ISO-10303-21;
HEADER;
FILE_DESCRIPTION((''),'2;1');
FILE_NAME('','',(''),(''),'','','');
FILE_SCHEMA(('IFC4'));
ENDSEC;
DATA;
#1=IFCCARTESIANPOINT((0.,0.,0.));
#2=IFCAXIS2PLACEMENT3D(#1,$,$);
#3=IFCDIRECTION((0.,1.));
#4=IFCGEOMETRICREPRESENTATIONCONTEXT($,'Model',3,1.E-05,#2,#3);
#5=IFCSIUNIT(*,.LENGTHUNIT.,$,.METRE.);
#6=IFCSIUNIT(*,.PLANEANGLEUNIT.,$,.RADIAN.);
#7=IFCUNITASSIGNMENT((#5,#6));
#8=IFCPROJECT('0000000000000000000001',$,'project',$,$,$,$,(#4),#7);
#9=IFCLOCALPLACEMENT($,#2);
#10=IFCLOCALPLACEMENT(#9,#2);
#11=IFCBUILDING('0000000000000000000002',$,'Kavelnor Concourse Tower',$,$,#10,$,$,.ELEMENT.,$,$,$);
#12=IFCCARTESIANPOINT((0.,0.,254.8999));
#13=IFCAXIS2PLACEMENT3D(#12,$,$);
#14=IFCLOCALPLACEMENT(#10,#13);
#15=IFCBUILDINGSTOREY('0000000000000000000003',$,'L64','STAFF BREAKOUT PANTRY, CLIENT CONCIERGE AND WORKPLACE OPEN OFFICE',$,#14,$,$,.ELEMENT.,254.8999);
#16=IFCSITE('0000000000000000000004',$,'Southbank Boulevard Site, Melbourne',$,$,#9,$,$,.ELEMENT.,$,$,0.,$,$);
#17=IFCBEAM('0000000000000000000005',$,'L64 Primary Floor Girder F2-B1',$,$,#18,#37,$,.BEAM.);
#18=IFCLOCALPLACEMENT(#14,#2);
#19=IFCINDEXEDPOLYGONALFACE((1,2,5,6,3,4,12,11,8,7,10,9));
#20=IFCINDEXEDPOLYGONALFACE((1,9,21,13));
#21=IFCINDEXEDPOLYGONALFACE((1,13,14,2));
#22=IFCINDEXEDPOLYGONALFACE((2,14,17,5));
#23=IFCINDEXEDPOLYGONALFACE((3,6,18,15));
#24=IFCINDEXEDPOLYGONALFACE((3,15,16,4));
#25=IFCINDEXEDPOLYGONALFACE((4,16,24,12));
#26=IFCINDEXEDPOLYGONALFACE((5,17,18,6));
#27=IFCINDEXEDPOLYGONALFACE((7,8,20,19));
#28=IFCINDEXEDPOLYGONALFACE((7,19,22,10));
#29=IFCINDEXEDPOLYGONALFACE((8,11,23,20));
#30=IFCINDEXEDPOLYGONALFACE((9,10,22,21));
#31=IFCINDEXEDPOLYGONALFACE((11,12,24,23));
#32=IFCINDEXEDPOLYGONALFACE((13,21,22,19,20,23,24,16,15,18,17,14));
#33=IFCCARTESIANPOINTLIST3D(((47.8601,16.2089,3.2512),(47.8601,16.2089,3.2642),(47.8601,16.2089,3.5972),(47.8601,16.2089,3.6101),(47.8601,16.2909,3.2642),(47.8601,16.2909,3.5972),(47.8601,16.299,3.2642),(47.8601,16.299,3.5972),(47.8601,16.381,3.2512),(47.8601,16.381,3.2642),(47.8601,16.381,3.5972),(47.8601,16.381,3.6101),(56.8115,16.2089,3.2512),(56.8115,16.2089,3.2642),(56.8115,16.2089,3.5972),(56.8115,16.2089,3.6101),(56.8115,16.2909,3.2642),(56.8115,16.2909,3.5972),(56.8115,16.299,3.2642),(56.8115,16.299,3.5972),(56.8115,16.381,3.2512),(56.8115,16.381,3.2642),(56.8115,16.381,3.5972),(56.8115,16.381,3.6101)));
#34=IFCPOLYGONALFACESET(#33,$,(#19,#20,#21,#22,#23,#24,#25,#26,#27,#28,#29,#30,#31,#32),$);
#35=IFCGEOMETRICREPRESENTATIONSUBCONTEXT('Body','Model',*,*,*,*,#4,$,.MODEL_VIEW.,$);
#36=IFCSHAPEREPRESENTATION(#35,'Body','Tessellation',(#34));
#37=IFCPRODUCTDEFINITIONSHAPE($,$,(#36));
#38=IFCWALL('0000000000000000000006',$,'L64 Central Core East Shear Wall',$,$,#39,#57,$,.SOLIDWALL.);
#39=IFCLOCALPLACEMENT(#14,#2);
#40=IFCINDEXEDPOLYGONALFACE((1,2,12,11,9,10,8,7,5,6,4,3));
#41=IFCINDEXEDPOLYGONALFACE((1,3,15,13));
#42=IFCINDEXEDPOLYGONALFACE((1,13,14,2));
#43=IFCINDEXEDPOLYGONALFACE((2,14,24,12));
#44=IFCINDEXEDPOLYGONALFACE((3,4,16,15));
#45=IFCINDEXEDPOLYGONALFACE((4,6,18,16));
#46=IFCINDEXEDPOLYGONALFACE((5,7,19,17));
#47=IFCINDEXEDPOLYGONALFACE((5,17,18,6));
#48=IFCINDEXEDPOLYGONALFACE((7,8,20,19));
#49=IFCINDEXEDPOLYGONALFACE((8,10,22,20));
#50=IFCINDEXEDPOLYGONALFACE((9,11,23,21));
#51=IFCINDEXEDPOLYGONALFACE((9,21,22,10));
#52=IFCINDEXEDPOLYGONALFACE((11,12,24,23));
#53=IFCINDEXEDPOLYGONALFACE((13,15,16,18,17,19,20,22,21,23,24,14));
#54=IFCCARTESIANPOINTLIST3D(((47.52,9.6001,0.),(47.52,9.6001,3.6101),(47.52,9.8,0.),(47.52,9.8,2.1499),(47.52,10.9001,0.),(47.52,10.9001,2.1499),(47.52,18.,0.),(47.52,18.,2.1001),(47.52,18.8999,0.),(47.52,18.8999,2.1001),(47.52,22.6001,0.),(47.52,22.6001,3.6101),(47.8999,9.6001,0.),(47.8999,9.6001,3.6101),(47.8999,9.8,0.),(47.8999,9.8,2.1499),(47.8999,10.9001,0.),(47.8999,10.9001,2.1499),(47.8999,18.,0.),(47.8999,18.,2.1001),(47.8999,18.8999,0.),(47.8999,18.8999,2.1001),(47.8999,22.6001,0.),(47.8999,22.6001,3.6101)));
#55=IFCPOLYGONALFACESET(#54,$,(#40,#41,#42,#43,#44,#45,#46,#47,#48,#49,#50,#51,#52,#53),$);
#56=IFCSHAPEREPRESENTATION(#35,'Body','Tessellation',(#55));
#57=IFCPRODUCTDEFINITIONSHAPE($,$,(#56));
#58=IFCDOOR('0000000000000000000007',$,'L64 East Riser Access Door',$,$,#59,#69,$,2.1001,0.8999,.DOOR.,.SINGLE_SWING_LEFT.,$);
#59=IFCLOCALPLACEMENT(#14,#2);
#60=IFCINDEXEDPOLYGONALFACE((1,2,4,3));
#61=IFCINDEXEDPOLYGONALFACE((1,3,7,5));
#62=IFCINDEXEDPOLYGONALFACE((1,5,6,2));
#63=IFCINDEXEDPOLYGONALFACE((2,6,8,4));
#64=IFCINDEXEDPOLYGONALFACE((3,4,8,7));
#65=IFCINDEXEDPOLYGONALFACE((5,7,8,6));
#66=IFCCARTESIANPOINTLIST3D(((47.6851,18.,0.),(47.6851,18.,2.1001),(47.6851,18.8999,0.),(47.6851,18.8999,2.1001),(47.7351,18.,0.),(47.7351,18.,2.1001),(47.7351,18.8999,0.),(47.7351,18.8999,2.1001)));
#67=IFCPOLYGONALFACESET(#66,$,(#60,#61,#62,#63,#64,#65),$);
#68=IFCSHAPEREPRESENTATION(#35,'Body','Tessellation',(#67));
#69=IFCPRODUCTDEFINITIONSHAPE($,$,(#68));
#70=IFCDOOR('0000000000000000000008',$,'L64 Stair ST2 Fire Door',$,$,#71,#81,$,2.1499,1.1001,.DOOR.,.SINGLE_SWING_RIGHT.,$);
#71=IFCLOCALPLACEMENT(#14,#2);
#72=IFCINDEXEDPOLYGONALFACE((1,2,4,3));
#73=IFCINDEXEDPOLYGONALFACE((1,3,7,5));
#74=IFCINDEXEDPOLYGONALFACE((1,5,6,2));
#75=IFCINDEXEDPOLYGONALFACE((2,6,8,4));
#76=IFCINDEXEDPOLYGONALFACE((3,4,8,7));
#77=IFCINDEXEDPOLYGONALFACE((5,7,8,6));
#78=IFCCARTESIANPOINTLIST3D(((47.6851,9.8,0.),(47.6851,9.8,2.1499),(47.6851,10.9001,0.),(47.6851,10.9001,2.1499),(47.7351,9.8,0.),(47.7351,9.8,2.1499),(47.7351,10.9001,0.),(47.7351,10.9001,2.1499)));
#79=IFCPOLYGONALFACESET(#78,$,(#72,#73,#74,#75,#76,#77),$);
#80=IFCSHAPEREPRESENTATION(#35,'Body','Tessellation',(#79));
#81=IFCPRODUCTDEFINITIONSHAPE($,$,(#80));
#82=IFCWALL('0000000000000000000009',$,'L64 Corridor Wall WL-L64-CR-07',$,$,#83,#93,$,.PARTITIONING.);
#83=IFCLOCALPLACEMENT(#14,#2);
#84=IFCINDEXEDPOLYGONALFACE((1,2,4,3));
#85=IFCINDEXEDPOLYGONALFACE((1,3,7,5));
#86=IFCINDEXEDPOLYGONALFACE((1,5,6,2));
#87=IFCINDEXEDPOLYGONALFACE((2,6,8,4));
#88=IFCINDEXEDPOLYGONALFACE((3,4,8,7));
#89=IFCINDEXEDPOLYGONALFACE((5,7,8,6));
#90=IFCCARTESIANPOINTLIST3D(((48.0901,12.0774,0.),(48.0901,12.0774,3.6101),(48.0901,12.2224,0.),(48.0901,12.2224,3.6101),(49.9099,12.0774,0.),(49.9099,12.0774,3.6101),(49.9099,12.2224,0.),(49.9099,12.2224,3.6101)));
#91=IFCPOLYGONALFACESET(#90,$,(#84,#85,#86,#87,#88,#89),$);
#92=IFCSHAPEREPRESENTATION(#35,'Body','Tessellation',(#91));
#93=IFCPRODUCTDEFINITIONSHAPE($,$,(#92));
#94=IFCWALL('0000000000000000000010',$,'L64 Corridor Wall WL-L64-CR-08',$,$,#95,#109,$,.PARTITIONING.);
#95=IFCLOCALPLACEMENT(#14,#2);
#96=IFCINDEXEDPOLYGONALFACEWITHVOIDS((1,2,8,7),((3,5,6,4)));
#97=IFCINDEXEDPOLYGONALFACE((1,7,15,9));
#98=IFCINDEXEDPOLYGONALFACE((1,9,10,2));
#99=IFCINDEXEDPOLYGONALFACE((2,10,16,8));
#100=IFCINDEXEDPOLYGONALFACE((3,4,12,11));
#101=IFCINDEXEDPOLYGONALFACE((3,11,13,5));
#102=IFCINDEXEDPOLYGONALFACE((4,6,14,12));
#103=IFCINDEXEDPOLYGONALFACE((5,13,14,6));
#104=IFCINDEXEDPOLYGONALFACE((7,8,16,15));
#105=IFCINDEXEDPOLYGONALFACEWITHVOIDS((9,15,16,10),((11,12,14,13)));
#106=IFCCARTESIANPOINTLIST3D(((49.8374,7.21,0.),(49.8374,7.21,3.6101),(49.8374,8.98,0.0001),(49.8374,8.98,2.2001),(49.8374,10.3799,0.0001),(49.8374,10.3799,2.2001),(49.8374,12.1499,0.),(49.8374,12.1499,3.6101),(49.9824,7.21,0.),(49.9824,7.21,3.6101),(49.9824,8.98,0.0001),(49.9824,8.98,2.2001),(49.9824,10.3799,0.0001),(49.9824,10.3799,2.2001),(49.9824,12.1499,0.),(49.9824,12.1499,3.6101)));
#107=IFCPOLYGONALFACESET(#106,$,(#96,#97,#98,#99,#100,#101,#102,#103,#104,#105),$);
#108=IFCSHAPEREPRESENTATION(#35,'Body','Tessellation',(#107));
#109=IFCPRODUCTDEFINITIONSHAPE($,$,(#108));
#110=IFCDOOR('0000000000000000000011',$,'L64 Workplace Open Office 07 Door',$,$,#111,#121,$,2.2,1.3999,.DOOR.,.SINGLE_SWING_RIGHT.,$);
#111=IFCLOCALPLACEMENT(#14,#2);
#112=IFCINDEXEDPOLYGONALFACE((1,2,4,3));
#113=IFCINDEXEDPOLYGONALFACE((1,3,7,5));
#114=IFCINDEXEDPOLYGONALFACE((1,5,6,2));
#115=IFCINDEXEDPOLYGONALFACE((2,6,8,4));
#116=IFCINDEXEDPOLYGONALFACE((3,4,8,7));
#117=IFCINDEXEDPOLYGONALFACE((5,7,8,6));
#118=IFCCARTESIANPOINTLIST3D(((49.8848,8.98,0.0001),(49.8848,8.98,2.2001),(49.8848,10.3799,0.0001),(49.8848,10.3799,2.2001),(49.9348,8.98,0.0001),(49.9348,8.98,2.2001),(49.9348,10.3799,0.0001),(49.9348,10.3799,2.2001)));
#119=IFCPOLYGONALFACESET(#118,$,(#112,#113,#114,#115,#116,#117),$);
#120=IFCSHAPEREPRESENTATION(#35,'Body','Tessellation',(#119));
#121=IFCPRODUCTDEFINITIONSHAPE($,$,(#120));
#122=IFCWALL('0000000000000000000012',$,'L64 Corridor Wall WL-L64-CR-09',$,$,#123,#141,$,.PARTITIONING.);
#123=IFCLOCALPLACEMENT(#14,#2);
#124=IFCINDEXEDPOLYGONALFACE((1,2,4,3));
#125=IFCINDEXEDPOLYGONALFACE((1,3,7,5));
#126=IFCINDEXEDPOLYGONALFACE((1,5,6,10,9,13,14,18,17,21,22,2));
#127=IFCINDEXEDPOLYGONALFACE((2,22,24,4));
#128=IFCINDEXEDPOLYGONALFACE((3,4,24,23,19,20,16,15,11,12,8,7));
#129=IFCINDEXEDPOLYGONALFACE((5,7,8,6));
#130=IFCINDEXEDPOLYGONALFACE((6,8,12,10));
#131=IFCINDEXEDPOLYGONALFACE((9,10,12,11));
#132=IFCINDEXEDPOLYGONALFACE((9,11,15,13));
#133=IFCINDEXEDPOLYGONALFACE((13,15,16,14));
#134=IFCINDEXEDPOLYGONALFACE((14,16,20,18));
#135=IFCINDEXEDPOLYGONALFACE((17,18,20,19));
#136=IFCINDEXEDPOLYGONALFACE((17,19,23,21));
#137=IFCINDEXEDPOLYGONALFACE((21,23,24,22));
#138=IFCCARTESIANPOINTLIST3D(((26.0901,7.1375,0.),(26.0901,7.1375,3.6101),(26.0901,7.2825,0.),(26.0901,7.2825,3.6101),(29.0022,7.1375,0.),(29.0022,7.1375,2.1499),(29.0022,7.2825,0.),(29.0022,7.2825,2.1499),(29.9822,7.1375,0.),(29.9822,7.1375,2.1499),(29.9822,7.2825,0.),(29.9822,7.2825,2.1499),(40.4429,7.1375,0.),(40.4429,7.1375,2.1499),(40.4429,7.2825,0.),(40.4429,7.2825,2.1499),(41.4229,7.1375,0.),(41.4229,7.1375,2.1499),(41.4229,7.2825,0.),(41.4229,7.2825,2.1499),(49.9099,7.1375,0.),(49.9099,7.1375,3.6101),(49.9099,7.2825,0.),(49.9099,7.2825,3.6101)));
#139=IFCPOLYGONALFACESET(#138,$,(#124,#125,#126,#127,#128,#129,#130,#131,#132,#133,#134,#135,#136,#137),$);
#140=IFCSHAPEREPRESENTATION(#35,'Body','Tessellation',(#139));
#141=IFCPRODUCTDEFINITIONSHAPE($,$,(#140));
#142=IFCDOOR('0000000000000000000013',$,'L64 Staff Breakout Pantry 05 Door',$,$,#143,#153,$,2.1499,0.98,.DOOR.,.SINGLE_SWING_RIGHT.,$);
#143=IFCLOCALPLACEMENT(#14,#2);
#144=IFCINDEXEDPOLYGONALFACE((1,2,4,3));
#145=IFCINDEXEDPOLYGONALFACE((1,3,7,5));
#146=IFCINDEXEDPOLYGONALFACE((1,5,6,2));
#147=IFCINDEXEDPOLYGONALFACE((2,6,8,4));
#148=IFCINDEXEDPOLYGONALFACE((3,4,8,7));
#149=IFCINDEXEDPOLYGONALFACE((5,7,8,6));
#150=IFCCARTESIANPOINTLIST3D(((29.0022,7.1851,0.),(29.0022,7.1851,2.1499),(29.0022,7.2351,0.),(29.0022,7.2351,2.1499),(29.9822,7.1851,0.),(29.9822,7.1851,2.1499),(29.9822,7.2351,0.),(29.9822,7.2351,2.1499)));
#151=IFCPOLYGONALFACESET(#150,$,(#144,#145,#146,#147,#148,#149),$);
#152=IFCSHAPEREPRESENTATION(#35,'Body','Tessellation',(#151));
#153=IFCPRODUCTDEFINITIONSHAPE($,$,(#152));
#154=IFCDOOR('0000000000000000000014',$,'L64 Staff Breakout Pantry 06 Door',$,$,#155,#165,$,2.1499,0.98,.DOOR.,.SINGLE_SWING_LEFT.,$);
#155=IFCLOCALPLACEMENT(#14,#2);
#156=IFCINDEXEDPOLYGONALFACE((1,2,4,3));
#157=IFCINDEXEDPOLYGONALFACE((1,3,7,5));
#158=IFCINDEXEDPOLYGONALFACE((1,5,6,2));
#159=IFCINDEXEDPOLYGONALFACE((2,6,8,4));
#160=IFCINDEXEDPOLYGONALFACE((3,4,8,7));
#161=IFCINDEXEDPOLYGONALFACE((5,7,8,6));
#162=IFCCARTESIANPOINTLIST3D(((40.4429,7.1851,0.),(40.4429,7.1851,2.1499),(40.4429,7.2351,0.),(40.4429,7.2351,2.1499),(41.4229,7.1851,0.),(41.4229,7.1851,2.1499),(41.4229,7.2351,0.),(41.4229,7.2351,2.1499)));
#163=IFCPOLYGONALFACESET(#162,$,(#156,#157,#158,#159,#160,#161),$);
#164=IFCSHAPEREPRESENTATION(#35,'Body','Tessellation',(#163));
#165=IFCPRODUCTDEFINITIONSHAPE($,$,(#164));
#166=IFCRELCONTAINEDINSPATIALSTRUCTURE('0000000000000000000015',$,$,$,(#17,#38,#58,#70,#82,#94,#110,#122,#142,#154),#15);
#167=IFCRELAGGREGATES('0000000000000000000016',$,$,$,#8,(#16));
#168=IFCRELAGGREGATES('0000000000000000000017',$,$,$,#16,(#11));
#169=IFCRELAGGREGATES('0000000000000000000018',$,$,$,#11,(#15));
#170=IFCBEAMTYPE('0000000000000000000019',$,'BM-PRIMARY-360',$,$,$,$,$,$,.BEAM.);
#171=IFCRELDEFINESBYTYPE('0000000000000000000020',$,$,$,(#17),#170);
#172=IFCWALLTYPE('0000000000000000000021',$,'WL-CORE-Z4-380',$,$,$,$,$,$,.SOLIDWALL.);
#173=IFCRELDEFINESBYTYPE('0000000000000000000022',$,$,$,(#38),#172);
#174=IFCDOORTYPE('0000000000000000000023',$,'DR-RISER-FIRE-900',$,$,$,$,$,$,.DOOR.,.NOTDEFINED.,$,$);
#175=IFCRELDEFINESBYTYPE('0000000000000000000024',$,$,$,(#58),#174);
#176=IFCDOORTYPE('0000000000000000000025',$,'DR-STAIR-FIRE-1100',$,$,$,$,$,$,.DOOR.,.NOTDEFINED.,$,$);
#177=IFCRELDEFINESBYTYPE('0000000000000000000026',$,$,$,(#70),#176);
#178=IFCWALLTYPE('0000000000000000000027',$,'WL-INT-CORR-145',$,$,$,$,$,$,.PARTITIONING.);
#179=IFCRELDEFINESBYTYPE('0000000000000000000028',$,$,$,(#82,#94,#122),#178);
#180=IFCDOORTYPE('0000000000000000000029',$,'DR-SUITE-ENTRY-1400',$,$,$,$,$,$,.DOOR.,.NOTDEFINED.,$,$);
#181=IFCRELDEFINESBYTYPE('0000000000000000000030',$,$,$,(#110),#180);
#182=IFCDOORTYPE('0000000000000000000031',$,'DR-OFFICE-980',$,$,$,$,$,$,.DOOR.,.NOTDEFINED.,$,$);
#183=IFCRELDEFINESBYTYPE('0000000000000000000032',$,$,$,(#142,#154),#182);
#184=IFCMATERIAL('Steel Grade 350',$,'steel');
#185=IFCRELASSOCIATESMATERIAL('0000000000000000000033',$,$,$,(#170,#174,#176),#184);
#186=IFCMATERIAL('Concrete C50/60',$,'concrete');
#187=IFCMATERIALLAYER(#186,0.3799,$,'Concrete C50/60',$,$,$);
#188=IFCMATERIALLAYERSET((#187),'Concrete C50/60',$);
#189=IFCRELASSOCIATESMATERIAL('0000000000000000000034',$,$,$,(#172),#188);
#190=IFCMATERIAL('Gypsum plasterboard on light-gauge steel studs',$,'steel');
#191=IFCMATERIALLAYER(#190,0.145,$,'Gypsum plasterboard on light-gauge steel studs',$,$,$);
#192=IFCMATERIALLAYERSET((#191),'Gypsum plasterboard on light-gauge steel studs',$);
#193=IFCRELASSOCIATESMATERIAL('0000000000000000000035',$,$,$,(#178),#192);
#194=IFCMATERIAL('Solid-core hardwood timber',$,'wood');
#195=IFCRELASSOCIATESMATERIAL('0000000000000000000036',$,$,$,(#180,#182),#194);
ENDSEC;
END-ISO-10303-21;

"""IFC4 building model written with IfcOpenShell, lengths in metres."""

from ifc_helpers import new_model, si_unit, direction, frame, frame_2d, origin, origin_2d, place, context, subcontext, project, spatial, rectangle, i_section, extrude, material, layer, layer_set, material_profile, profile_set, type_object, element, fill, save


model = new_model("IFC4")

# Units and contexts
model_context = context("Model", 3, precision=1e-05, world=origin(), true_north=direction((0.0, 1.0)))
body_context = subcontext(model_context, "Body", "Model", "MODEL_VIEW")
ifc_project = project(units=[si_unit("LENGTHUNIT", "METRE"), si_unit("PLANEANGLEUNIT", "RADIAN")], contexts=[model_context])

# Site, building, storey
site_placement = place(None, origin())
site = spatial("IfcSite", under=ifc_project, at=site_placement, Name="Southbank Boulevard Site, Melbourne", CompositionType="ELEMENT", RefElevation=0.0)
building_placement = place(site_placement, origin())
building = spatial("IfcBuilding", under=site, at=building_placement, Name="Kavelnor Concourse Tower", CompositionType="ELEMENT")
storey_placement = place(building_placement, frame((0.0, 0.0, 254.8999)))
storey = spatial("IfcBuildingStorey", under=building, at=storey_placement, Name="L64", Description="STAFF BREAKOUT PANTRY, CLIENT CONCIERGE AND WORKPLACE OPEN OFFICE", CompositionType="ELEMENT", Elevation=254.8999)

# Shared definitions
ifc_material_1 = material(Name="Steel Grade 350", Category="steel")

# Beam
ifc_material_profile_1 = material_profile(ifc_material_1, i_section(OverallWidth=0.1721, OverallDepth=0.3589, WebThickness=0.0081, FlangeThickness=0.0129, at=origin_2d()), Name="360UB56")
ifc_profile_set_1 = profile_set([ifc_material_profile_1], Name="Steel Grade 350")
beam_type_1 = type_object("IfcBeamType", Name="BM-PRIMARY-360", PredefinedType="BEAM", material=ifc_profile_set_1)
beam_1_placement = place(storey_placement, frame((47.8601, 16.2949, 3.4307), z_axis=(1.0, 0.0, 0.0), x_axis=(0.0, 1.0, 0.0)))
element("IfcBeam", 1, at=beam_1_placement, inside=storey, type_object=beam_type_1, Name="L64 Primary Floor Girder F2-B1", PredefinedType="BEAM", context=body_context, shape_type="SweptSolid", body=[
    extrude(i_section(OverallWidth=0.1721, OverallDepth=0.3589, WebThickness=0.0081, FlangeThickness=0.0129, at=origin_2d()), origin(), (0.0, 0.0, 1.0), 8.9514),
])

# Wall, openings, doors
ifc_material_2 = material(Name="Concrete C50/60", Category="concrete")
ifc_layer_1 = layer(ifc_material_2, 0.3799, Name="Concrete C50/60")
ifc_layer_set_1 = layer_set([ifc_layer_1], Name="Concrete C50/60")
wall_type_1 = type_object("IfcWallType", Name="WL-CORE-Z4-380", PredefinedType="SOLIDWALL", material=ifc_layer_set_1)
wall_1_placement = place(storey_placement, frame((47.71, 9.6001, 0.0), z_axis=(0.0, 0.0, 1.0), x_axis=(0.0, 1.0, 0.0)))
wall_1 = element("IfcWall", 2, at=wall_1_placement, inside=storey, type_object=wall_type_1, Name="L64 Central Core East Shear Wall", PredefinedType="SOLIDWALL", context=body_context, shape_type="SweptSolid", body=[
    extrude(rectangle(XDim=13.0, YDim=0.3799, at=frame_2d((6.5, 0.0))), origin(), (0.0, 0.0, 1.0), 3.6101),
])
opening_1_placement = place(wall_1_placement, frame((0.2, 0.0, 0.0)))
opening_1 = element("IfcOpeningElement", 3, at=opening_1_placement, cuts=wall_1, PredefinedType="OPENING", context=body_context, shape_type="SweptSolid", body=[
    extrude(rectangle(XDim=1.1001, YDim=2.1499, at=frame_2d((0.55, 1.075))), frame((0.0, 0.2, 0.0), z_axis=(0.0, -1.0, 0.0), x_axis=(1.0, 0.0, 0.0)), (0.0, 0.0, 1.0), 0.3999),
])
opening_2_placement = place(wall_1_placement, frame((8.3999, 0.0, 0.0)))
opening_2 = element("IfcOpeningElement", 4, at=opening_2_placement, cuts=wall_1, PredefinedType="OPENING", context=body_context, shape_type="SweptSolid", body=[
    extrude(rectangle(XDim=0.8999, YDim=2.1001, at=frame_2d((0.45, 1.05))), frame((0.0, 0.2, 0.0), z_axis=(0.0, -1.0, 0.0), x_axis=(1.0, 0.0, 0.0)), (0.0, 0.0, 1.0), 0.3999),
])
door_type_1 = type_object("IfcDoorType", Name="DR-RISER-FIRE-900", OperationType="NOTDEFINED", PredefinedType="DOOR", material=ifc_material_1)
door_1_placement = place(opening_2_placement, origin())
door_1 = element("IfcDoor", 5, at=door_1_placement, inside=storey, type_object=door_type_1, Name="L64 East Riser Access Door", OperationType="SINGLE_SWING_LEFT", OverallHeight=2.1001, OverallWidth=0.8999, PredefinedType="DOOR", context=body_context, shape_type="SweptSolid", body=[
    extrude(rectangle(XDim=0.8999, YDim=2.1001, at=frame_2d((0.45, 1.05))), frame((0.0, 0.0249, 0.0), z_axis=(0.0, -1.0, 0.0), x_axis=(1.0, 0.0, 0.0)), (0.0, 0.0, 1.0), 0.05),
])
fill(opening_2, door_1)
door_type_2 = type_object("IfcDoorType", Name="DR-STAIR-FIRE-1100", OperationType="NOTDEFINED", PredefinedType="DOOR", material=ifc_material_1)
door_2_placement = place(opening_1_placement, origin())
door_2 = element("IfcDoor", 6, at=door_2_placement, inside=storey, type_object=door_type_2, Name="L64 Stair ST2 Fire Door", OperationType="SINGLE_SWING_RIGHT", OverallHeight=2.1499, OverallWidth=1.1001, PredefinedType="DOOR", context=body_context, shape_type="SweptSolid", body=[
    extrude(rectangle(XDim=1.1001, YDim=2.1499, at=frame_2d((0.55, 1.075))), frame((0.0, 0.0249, 0.0), z_axis=(0.0, -1.0, 0.0), x_axis=(1.0, 0.0, 0.0)), (0.0, 0.0, 1.0), 0.05),
])
fill(opening_1, door_2)

# Wall
ifc_material_3 = material(Name="Gypsum plasterboard on light-gauge steel studs", Category="steel")
ifc_layer_2 = layer(ifc_material_3, 0.145, Name="Gypsum plasterboard on light-gauge steel studs")
ifc_layer_set_2 = layer_set([ifc_layer_2], Name="Gypsum plasterboard on light-gauge steel studs")
wall_type_2 = type_object("IfcWallType", Name="WL-INT-CORR-145", PredefinedType="PARTITIONING", material=ifc_layer_set_2)
wall_2_placement = place(storey_placement, frame((48.0901, 12.1499, 0.0), z_axis=(0.0, 0.0, 1.0), x_axis=(1.0, 0.0, 0.0)))
element("IfcWall", 7, at=wall_2_placement, inside=storey, type_object=wall_type_2, Name="L64 Corridor Wall WL-L64-CR-07", PredefinedType="PARTITIONING", context=body_context, shape_type="SweptSolid", body=[
    extrude(rectangle(XDim=1.8198, YDim=0.145, at=frame_2d((0.9099, 0.0))), origin(), (0.0, 0.0, 1.0), 3.6101),
])

# Wall, opening, door
wall_3_placement = place(storey_placement, frame((49.9099, 12.1499, 0.0), z_axis=(0.0, 0.0, 1.0), x_axis=(0.0, -1.0, 0.0)))
wall_3 = element("IfcWall", 8, at=wall_3_placement, inside=storey, type_object=wall_type_2, Name="L64 Corridor Wall WL-L64-CR-08", PredefinedType="PARTITIONING", context=body_context, shape_type="SweptSolid", body=[
    extrude(rectangle(XDim=4.9399, YDim=0.145, at=frame_2d((2.47, 0.0))), origin(), (0.0, 0.0, 1.0), 3.6101),
])
opening_3_placement = place(wall_3_placement, frame((1.77, 0.0, 0.0)))
opening_3 = element("IfcOpeningElement", 9, at=opening_3_placement, cuts=wall_3, PredefinedType="OPENING", context=body_context, shape_type="SweptSolid", body=[
    extrude(rectangle(XDim=1.3999, YDim=2.2, at=frame_2d((0.7, 1.1001))), frame((0.0, 0.0825, 0.0), z_axis=(0.0, -1.0, 0.0), x_axis=(1.0, 0.0, 0.0)), (0.0, 0.0, 1.0), 0.165),
])
ifc_material_4 = material(Name="Solid-core hardwood timber", Category="wood")
door_type_3 = type_object("IfcDoorType", Name="DR-SUITE-ENTRY-1400", OperationType="NOTDEFINED", PredefinedType="DOOR", material=ifc_material_4)
door_3_placement = place(opening_3_placement, origin())
door_3 = element("IfcDoor", 10, at=door_3_placement, inside=storey, type_object=door_type_3, Name="L64 Workplace Open Office 07 Door", OperationType="SINGLE_SWING_RIGHT", OverallHeight=2.2, OverallWidth=1.3999, PredefinedType="DOOR", context=body_context, shape_type="SweptSolid", body=[
    extrude(rectangle(XDim=1.3999, YDim=2.2, at=frame_2d((0.7, 1.1001))), frame((0.0, 0.0249, 0.0), z_axis=(0.0, -1.0, 0.0), x_axis=(1.0, 0.0, 0.0)), (0.0, 0.0, 1.0), 0.05),
])
fill(opening_3, door_3)

# Wall, openings, doors
wall_4_placement = place(storey_placement, frame((49.9099, 7.21, 0.0), z_axis=(0.0, 0.0, 1.0), x_axis=(-1.0, 0.0, 0.0)))
wall_4 = element("IfcWall", 11, at=wall_4_placement, inside=storey, type_object=wall_type_2, Name="L64 Corridor Wall WL-L64-CR-09", PredefinedType="PARTITIONING", context=body_context, shape_type="SweptSolid", body=[
    extrude(rectangle(XDim=23.8198, YDim=0.145, at=frame_2d((11.9099, 0.0))), origin(), (0.0, 0.0, 1.0), 3.6101),
])
opening_4_placement = place(wall_4_placement, frame((19.9277, 0.0, 0.0)))
opening_4 = element("IfcOpeningElement", 12, at=opening_4_placement, cuts=wall_4, PredefinedType="OPENING", context=body_context, shape_type="SweptSolid", body=[
    extrude(rectangle(XDim=0.98, YDim=2.1499, at=frame_2d((0.49, 1.075))), frame((0.0, 0.0825, 0.0), z_axis=(0.0, -1.0, 0.0), x_axis=(1.0, 0.0, 0.0)), (0.0, 0.0, 1.0), 0.165),
])
opening_5_placement = place(wall_4_placement, frame((8.4871, 0.0, 0.0)))
opening_5 = element("IfcOpeningElement", 13, at=opening_5_placement, cuts=wall_4, PredefinedType="OPENING", context=body_context, shape_type="SweptSolid", body=[
    extrude(rectangle(XDim=0.98, YDim=2.1499, at=frame_2d((0.49, 1.075))), frame((0.0, 0.0825, 0.0), z_axis=(0.0, -1.0, 0.0), x_axis=(1.0, 0.0, 0.0)), (0.0, 0.0, 1.0), 0.165),
])
door_type_4 = type_object("IfcDoorType", Name="DR-OFFICE-980", OperationType="NOTDEFINED", PredefinedType="DOOR", material=ifc_material_4)
door_4_placement = place(opening_4_placement, origin())
door_4 = element("IfcDoor", 14, at=door_4_placement, inside=storey, type_object=door_type_4, Name="L64 Staff Breakout Pantry 05 Door", OperationType="SINGLE_SWING_RIGHT", OverallHeight=2.1499, OverallWidth=0.98, PredefinedType="DOOR", context=body_context, shape_type="SweptSolid", body=[
    extrude(rectangle(XDim=0.98, YDim=2.1499, at=frame_2d((0.49, 1.075))), frame((0.0, 0.0249, 0.0), z_axis=(0.0, -1.0, 0.0), x_axis=(1.0, 0.0, 0.0)), (0.0, 0.0, 1.0), 0.05),
])
fill(opening_4, door_4)
door_5_placement = place(opening_5_placement, origin())
door_5 = element("IfcDoor", 15, at=door_5_placement, inside=storey, type_object=door_type_4, Name="L64 Staff Breakout Pantry 06 Door", OperationType="SINGLE_SWING_LEFT", OverallHeight=2.1499, OverallWidth=0.98, PredefinedType="DOOR", context=body_context, shape_type="SweptSolid", body=[
    extrude(rectangle(XDim=0.98, YDim=2.1499, at=frame_2d((0.49, 1.075))), frame((0.0, 0.0249, 0.0), z_axis=(0.0, -1.0, 0.0), x_axis=(1.0, 0.0, 0.0)), (0.0, 0.0, 1.0), 0.05),
])
fill(opening_5, door_5)

save(model, "model.ifc")
